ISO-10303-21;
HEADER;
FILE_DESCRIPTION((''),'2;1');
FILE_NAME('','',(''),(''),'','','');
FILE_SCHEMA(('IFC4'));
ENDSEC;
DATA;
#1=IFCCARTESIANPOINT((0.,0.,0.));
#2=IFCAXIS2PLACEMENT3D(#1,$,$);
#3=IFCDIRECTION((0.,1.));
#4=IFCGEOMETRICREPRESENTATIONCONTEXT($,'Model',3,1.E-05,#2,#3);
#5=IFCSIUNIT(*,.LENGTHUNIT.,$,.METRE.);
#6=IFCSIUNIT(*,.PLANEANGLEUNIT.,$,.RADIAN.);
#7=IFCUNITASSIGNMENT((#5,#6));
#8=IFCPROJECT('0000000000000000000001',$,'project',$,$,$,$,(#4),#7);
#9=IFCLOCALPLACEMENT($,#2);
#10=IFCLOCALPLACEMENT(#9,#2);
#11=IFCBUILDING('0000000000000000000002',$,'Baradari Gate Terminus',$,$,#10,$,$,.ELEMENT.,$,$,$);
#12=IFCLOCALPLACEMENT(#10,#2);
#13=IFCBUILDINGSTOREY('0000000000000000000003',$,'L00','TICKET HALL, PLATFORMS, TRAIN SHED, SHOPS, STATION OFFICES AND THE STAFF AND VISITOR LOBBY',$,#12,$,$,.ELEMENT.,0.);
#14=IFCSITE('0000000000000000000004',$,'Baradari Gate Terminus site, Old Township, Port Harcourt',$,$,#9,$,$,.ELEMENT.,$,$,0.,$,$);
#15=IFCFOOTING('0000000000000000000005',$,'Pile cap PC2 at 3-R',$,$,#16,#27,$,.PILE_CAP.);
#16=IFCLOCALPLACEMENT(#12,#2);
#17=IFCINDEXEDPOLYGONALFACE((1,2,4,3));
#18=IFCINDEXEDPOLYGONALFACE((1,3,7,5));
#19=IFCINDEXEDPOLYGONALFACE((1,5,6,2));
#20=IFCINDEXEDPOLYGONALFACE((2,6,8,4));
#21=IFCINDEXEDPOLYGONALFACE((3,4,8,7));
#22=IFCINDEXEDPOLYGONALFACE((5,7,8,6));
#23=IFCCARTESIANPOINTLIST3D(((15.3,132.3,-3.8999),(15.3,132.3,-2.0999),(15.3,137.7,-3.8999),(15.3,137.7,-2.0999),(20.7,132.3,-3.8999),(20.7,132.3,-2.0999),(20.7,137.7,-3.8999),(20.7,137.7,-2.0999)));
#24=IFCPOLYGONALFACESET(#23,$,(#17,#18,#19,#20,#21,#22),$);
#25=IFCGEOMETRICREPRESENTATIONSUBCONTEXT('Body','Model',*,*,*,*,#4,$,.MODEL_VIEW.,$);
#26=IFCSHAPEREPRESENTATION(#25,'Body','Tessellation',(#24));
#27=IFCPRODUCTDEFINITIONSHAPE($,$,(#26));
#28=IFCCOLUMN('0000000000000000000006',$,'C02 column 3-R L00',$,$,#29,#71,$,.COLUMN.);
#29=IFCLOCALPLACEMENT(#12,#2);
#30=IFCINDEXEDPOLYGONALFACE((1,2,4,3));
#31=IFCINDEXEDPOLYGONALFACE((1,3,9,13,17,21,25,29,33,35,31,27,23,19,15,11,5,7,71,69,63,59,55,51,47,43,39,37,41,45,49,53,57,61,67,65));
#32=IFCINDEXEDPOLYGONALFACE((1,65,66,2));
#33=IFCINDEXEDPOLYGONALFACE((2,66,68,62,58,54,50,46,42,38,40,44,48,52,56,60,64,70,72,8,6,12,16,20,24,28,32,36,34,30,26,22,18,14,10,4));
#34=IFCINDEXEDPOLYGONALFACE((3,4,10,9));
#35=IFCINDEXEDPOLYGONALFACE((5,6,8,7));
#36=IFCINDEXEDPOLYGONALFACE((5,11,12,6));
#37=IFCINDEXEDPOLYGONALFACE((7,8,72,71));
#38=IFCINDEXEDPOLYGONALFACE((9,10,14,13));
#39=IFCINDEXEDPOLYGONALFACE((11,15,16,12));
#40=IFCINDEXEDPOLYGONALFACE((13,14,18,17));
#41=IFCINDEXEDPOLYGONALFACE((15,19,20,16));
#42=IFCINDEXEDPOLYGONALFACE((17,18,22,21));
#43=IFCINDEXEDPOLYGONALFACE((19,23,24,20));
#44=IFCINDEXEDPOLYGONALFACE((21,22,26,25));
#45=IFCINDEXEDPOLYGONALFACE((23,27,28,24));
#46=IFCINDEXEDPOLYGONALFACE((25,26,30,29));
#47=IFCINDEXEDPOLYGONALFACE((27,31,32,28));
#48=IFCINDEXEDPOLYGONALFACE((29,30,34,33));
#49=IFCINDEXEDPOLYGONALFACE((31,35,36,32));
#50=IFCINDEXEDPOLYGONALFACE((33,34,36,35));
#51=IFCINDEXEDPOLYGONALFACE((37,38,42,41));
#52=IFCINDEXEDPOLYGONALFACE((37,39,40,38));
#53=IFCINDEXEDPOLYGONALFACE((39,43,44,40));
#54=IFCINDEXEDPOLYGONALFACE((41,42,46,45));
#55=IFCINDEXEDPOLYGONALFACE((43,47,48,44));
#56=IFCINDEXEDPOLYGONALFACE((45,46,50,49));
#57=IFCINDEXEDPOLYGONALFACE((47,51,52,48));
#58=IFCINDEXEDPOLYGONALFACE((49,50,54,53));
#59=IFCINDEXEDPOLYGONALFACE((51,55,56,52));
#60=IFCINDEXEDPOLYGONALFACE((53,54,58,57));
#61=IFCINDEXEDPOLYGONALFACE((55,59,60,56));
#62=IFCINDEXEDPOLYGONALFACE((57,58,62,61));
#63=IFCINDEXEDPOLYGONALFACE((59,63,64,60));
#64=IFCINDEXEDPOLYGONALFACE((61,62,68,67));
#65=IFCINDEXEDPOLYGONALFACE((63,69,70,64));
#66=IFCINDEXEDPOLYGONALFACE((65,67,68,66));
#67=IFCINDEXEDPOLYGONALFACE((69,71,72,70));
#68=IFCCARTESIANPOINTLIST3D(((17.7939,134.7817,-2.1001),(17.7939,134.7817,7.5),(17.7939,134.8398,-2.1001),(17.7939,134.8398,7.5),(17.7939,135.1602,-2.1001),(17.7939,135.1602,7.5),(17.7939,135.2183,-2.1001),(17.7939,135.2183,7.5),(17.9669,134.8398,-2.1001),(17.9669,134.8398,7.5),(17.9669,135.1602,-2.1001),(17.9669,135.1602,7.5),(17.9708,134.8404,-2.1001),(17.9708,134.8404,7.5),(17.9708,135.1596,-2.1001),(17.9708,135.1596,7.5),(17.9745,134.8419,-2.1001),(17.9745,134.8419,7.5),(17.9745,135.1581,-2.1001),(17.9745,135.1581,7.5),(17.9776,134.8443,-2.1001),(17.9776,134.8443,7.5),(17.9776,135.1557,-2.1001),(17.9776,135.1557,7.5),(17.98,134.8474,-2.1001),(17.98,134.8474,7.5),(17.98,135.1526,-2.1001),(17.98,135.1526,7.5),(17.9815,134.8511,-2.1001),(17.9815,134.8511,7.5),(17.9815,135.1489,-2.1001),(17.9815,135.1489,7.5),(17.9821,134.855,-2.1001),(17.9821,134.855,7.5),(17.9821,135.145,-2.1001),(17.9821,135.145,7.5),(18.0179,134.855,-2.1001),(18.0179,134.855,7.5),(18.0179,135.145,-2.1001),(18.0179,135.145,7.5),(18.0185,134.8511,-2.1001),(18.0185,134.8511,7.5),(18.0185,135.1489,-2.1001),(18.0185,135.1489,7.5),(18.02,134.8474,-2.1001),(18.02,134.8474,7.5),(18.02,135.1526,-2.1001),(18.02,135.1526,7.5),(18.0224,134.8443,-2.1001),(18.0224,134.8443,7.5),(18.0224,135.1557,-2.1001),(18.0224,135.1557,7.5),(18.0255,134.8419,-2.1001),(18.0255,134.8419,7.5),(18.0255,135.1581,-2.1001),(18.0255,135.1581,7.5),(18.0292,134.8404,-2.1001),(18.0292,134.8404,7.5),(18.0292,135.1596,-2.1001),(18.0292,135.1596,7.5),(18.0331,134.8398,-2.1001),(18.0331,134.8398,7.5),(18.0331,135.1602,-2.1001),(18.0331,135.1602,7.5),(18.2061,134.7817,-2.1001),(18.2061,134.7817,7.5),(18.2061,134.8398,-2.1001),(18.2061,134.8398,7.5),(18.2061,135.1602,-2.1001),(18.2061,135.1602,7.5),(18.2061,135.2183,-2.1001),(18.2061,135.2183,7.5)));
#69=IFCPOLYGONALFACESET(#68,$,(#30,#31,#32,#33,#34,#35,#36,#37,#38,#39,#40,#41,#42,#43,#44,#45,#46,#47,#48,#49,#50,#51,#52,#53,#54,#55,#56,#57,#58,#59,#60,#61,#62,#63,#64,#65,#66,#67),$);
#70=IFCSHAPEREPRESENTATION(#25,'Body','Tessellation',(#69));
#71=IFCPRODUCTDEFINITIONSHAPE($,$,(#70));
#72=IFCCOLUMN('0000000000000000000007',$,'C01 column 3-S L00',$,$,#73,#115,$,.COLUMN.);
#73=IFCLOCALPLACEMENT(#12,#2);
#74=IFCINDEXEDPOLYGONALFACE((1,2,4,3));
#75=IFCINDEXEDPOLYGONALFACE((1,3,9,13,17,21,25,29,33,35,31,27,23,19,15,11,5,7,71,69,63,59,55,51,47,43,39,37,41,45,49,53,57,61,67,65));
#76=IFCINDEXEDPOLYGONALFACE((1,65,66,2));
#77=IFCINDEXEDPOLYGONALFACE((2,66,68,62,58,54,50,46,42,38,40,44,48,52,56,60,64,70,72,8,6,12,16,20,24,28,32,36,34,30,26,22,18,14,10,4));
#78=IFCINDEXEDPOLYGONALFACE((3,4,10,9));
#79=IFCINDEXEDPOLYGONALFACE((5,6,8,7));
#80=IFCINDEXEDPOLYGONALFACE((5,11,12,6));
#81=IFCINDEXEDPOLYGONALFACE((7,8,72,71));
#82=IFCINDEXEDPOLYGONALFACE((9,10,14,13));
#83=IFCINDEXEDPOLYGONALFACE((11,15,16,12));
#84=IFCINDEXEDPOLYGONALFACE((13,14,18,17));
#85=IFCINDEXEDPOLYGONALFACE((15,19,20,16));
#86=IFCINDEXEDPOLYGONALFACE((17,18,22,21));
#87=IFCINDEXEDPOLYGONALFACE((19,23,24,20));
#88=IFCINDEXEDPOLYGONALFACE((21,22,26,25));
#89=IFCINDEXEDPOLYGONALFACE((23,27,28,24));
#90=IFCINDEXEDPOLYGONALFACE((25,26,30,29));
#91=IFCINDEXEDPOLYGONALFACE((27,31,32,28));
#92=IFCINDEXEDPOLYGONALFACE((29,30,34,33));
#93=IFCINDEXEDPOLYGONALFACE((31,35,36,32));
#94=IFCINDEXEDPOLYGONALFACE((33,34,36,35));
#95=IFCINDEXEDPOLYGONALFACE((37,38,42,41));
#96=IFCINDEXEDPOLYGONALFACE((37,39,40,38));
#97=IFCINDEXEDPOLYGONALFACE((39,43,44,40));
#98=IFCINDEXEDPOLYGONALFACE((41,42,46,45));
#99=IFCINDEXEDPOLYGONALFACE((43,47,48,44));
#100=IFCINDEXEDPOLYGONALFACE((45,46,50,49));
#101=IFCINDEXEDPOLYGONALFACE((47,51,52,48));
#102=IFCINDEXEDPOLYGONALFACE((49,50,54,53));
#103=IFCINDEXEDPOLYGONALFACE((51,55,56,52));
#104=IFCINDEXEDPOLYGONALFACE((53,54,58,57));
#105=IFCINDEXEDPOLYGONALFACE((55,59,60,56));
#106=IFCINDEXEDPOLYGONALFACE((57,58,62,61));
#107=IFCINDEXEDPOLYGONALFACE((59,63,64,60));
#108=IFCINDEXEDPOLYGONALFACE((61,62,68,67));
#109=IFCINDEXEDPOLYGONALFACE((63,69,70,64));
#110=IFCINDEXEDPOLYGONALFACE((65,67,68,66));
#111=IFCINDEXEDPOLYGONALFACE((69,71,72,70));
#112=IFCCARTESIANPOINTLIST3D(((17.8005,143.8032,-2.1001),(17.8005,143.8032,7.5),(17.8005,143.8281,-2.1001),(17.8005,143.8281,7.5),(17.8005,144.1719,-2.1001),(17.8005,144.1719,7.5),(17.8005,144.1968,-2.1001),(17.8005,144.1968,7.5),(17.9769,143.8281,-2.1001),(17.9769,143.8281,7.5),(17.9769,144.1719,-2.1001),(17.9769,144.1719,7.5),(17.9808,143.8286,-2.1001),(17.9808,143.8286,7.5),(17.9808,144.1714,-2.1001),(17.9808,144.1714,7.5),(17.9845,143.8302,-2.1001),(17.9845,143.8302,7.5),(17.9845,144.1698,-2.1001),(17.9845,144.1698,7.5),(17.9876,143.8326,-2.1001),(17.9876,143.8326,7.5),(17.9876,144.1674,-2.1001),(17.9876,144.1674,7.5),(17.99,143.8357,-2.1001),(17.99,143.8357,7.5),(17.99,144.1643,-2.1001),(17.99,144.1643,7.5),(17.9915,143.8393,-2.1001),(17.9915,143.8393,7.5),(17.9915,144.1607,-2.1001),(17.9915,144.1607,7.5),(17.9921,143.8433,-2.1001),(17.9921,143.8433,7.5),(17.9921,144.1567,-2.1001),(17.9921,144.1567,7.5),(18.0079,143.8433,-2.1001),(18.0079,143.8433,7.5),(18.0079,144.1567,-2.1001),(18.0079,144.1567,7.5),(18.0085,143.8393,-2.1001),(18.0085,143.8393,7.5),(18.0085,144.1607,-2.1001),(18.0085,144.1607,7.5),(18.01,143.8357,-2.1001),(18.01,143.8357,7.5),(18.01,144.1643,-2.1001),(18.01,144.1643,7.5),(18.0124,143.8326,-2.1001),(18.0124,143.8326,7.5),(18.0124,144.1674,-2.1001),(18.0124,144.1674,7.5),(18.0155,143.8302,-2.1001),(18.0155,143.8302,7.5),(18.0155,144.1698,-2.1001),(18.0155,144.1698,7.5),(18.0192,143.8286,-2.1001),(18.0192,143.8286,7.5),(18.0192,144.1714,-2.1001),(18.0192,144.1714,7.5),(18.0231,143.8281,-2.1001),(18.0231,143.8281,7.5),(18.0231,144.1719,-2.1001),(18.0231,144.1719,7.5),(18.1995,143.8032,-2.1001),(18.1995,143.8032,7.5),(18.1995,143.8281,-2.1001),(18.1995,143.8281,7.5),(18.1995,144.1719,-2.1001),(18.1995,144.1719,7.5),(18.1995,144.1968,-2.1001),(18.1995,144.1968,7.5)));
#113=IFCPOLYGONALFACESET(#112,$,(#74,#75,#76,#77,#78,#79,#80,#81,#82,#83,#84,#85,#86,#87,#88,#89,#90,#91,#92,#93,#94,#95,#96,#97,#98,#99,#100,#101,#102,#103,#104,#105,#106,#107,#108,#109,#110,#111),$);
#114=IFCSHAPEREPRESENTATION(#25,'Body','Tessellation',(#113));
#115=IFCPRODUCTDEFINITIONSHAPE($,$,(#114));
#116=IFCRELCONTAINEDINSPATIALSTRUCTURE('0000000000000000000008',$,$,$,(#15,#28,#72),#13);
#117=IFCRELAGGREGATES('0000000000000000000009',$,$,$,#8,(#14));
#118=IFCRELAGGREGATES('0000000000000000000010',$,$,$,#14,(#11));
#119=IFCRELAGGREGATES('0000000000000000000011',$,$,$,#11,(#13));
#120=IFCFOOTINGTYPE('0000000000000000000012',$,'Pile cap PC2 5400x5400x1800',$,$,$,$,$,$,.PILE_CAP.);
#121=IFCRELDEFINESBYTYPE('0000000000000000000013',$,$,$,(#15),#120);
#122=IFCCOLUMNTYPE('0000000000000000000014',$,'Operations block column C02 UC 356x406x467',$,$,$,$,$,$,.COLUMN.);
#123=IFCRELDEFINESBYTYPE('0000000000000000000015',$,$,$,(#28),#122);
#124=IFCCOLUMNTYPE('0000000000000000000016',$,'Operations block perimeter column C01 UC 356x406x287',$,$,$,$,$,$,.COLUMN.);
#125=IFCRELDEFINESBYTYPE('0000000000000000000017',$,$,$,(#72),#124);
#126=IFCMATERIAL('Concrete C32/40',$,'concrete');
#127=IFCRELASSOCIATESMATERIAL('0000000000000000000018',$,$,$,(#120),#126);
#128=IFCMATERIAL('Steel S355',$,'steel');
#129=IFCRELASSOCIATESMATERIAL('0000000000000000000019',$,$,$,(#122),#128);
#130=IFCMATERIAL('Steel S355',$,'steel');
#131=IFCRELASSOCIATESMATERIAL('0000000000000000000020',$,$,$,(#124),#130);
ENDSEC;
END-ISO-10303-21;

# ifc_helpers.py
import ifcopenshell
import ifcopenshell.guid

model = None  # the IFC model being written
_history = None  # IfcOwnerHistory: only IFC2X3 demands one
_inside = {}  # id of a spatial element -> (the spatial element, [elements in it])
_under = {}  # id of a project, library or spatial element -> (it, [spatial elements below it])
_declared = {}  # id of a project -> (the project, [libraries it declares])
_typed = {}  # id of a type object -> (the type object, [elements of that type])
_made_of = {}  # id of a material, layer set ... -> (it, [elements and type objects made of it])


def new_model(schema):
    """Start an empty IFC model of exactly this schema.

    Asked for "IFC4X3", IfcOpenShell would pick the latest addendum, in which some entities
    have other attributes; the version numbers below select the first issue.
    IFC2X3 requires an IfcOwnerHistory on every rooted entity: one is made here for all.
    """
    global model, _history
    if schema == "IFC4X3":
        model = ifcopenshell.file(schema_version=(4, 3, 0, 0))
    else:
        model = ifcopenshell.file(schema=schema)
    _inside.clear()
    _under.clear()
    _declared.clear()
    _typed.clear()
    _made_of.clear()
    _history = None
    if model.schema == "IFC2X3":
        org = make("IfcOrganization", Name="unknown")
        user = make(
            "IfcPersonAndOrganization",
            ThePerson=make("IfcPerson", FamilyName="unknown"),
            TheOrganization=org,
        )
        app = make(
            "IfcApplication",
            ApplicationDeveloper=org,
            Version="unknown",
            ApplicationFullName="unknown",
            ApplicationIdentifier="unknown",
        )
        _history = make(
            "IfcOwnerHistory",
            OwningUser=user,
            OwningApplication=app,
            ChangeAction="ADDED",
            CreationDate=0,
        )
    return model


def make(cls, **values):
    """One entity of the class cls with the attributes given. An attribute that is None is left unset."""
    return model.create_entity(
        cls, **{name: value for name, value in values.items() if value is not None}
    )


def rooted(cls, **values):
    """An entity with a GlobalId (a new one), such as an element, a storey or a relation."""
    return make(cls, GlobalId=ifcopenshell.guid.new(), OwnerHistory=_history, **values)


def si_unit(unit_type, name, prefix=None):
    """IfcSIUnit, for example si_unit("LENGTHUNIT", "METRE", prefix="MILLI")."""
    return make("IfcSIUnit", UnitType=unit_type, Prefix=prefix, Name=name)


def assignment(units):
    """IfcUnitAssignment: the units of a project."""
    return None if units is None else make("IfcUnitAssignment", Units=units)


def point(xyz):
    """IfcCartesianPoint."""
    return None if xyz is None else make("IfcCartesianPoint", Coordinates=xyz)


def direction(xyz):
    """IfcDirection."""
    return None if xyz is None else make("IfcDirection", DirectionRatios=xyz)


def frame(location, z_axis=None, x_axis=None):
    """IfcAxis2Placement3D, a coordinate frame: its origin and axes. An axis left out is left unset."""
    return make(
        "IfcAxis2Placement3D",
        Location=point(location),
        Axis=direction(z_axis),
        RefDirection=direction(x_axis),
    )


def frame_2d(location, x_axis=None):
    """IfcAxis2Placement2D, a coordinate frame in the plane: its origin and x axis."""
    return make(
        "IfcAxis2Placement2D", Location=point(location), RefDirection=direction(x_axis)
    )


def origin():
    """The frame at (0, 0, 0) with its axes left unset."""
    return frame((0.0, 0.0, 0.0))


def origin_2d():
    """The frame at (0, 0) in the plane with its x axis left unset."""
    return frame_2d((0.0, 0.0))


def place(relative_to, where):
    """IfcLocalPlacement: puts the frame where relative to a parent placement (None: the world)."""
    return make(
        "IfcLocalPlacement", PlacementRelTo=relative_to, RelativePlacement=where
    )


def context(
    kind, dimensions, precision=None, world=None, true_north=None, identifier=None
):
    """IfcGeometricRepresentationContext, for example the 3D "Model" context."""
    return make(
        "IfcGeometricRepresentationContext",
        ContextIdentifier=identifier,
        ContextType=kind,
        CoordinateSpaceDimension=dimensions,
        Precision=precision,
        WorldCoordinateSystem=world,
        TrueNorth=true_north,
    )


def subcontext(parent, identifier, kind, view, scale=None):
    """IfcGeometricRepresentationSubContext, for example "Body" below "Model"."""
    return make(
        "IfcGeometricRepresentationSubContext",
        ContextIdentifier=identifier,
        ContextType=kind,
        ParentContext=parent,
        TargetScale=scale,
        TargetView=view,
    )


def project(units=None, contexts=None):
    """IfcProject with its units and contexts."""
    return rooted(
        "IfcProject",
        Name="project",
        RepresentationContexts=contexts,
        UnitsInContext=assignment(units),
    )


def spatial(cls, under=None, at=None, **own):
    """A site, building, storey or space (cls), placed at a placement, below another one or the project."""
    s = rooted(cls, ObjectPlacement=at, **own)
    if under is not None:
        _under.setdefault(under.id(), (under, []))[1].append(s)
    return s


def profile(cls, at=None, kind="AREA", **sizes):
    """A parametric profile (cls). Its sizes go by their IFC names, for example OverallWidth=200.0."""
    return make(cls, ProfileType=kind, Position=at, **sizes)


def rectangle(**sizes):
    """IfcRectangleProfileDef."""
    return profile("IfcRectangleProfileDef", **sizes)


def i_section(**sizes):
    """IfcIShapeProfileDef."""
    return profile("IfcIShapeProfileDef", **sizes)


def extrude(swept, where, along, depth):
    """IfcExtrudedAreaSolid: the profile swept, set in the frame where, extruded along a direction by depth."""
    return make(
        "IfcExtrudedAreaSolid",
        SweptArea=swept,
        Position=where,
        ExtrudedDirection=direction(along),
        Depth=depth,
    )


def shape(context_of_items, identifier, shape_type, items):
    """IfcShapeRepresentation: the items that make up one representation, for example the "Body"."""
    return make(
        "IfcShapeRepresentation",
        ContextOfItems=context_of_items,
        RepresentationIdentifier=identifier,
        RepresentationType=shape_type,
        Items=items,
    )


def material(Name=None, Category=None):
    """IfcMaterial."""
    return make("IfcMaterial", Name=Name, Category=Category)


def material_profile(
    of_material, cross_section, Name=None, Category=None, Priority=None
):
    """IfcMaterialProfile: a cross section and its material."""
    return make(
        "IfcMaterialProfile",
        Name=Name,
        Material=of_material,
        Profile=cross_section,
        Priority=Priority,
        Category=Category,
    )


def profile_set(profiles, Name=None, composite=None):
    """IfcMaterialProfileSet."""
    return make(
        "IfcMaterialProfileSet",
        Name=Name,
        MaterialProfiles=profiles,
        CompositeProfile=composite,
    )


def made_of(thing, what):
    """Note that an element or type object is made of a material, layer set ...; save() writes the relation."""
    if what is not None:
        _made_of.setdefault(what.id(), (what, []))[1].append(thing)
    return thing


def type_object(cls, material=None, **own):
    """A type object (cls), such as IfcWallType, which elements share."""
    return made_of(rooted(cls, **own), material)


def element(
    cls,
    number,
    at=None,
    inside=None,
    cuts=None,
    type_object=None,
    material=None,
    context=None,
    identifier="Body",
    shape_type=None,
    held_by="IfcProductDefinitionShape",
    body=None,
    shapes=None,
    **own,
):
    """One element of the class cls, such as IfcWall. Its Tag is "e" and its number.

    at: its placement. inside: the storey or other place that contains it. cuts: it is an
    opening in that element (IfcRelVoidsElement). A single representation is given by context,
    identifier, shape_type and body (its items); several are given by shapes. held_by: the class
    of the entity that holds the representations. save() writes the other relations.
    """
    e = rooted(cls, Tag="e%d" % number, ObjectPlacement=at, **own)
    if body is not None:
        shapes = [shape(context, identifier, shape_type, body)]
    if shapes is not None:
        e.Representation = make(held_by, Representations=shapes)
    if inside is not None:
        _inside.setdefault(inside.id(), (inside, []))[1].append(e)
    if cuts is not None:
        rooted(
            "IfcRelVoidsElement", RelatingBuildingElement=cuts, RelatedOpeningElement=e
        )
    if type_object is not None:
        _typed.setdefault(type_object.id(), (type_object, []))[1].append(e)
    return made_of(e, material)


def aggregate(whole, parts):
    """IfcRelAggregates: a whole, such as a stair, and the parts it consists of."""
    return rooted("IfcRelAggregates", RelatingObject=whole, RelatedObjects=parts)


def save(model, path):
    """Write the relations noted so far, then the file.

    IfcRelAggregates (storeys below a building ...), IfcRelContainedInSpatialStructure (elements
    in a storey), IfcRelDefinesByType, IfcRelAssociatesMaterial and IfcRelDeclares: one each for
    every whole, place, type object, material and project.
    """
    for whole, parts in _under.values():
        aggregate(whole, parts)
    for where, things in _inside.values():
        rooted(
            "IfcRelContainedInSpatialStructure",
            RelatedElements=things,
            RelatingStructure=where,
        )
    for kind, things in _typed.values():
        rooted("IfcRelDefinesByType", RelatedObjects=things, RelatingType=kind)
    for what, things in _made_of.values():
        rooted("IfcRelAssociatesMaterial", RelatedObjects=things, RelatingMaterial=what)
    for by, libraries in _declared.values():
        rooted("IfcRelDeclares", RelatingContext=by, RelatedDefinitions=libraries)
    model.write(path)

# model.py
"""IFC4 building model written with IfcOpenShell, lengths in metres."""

from ifc_helpers import new_model, si_unit, direction, frame, origin, origin_2d, place, context, subcontext, project, spatial, rectangle, i_section, extrude, material, material_profile, profile_set, type_object, element, save


model = new_model("IFC4")

# Units and contexts
model_context = context("Model", 3, precision=1e-05, world=origin(), true_north=direction((0.0, 1.0)))
body_context = subcontext(model_context, "Body", "Model", "MODEL_VIEW")
ifc_project = project(units=[si_unit("LENGTHUNIT", "METRE"), si_unit("PLANEANGLEUNIT", "RADIAN")], contexts=[model_context])

# Site, building, storey
site_placement = place(None, origin())
site = spatial("IfcSite", under=ifc_project, at=site_placement, Name="Baradari Gate Terminus site, Old Township, Port Harcourt", CompositionType="ELEMENT", RefElevation=0.0)
building_placement = place(site_placement, origin())
building = spatial("IfcBuilding", under=site, at=building_placement, Name="Baradari Gate Terminus", CompositionType="ELEMENT")
storey_placement = place(building_placement, origin())
storey = spatial("IfcBuildingStorey", under=building, at=storey_placement, Name="L00", Description="TICKET HALL, PLATFORMS, TRAIN SHED, SHOPS, STATION OFFICES AND THE STAFF AND VISITOR LOBBY", CompositionType="ELEMENT", Elevation=0.0)

# Footing
ifc_material_1 = material(Name="Concrete C32/40", Category="concrete")
footing_type_1 = type_object("IfcFootingType", Name="Pile cap PC2 5400x5400x1800", PredefinedType="PILE_CAP", material=ifc_material_1)
footing_1_placement = place(storey_placement, frame((18.0, 135.0, -3.8999), z_axis=(0.0, 0.0, 1.0), x_axis=(1.0, 0.0, 0.0)))
element("IfcFooting", 1, at=footing_1_placement, inside=storey, type_object=footing_type_1, Name="Pile cap PC2 at 3-R", PredefinedType="PILE_CAP", context=body_context, shape_type="SweptSolid", body=[
    extrude(rectangle(XDim=5.3999, YDim=5.3999, at=origin_2d()), origin(), (0.0, 0.0, 1.0), 1.8),
])

# Columns
ifc_material_2 = material(Name="Steel S355", Category="steel")
ifc_material_profile_1 = material_profile(ifc_material_2, i_section(OverallWidth=0.4121, OverallDepth=0.4365, WebThickness=0.0359, FlangeThickness=0.0581, FilletRadius=0.0151, at=origin_2d()), Name="UC 356x406x467")
ifc_profile_set_1 = profile_set([ifc_material_profile_1], Name="Steel S355")
column_type_1 = type_object("IfcColumnType", Name="Operations block column C02 UC 356x406x467", PredefinedType="COLUMN", material=ifc_profile_set_1)
column_1_placement = place(storey_placement, frame((18.0, 135.0, -2.1001), z_axis=(0.0, 0.0, 1.0), x_axis=(1.0, 0.0, 0.0)))
element("IfcColumn", 2, at=column_1_placement, inside=storey, type_object=column_type_1, Name="C02 column 3-R L00", PredefinedType="COLUMN", context=body_context, shape_type="SweptSolid", body=[
    extrude(i_section(OverallWidth=0.4121, OverallDepth=0.4365, WebThickness=0.0359, FlangeThickness=0.0581, FilletRadius=0.0151, at=origin_2d()), origin(), (0.0, 0.0, 1.0), 9.6001),
])
ifc_material_3 = material(Name="Steel S355", Category="steel")
ifc_material_profile_2 = material_profile(ifc_material_3, i_section(OverallWidth=0.3989, OverallDepth=0.3936, WebThickness=0.0159, FlangeThickness=0.0249, FilletRadius=0.0151, at=origin_2d()), Name="UC 356x406x287")
ifc_profile_set_2 = profile_set([ifc_material_profile_2], Name="Steel S355")
column_type_2 = type_object("IfcColumnType", Name="Operations block perimeter column C01 UC 356x406x287", PredefinedType="COLUMN", material=ifc_profile_set_2)
column_2_placement = place(storey_placement, frame((18.0, 144.0, -2.1001), z_axis=(0.0, 0.0, 1.0), x_axis=(1.0, 0.0, 0.0)))
element("IfcColumn", 3, at=column_2_placement, inside=storey, type_object=column_type_2, Name="C01 column 3-S L00", PredefinedType="COLUMN", context=body_context, shape_type="SweptSolid", body=[
    extrude(i_section(OverallWidth=0.3989, OverallDepth=0.3936, WebThickness=0.0159, FlangeThickness=0.0249, FilletRadius=0.0151, at=origin_2d()), origin(), (0.0, 0.0, 1.0), 9.6001),
])

save(model, "model.ifc")
